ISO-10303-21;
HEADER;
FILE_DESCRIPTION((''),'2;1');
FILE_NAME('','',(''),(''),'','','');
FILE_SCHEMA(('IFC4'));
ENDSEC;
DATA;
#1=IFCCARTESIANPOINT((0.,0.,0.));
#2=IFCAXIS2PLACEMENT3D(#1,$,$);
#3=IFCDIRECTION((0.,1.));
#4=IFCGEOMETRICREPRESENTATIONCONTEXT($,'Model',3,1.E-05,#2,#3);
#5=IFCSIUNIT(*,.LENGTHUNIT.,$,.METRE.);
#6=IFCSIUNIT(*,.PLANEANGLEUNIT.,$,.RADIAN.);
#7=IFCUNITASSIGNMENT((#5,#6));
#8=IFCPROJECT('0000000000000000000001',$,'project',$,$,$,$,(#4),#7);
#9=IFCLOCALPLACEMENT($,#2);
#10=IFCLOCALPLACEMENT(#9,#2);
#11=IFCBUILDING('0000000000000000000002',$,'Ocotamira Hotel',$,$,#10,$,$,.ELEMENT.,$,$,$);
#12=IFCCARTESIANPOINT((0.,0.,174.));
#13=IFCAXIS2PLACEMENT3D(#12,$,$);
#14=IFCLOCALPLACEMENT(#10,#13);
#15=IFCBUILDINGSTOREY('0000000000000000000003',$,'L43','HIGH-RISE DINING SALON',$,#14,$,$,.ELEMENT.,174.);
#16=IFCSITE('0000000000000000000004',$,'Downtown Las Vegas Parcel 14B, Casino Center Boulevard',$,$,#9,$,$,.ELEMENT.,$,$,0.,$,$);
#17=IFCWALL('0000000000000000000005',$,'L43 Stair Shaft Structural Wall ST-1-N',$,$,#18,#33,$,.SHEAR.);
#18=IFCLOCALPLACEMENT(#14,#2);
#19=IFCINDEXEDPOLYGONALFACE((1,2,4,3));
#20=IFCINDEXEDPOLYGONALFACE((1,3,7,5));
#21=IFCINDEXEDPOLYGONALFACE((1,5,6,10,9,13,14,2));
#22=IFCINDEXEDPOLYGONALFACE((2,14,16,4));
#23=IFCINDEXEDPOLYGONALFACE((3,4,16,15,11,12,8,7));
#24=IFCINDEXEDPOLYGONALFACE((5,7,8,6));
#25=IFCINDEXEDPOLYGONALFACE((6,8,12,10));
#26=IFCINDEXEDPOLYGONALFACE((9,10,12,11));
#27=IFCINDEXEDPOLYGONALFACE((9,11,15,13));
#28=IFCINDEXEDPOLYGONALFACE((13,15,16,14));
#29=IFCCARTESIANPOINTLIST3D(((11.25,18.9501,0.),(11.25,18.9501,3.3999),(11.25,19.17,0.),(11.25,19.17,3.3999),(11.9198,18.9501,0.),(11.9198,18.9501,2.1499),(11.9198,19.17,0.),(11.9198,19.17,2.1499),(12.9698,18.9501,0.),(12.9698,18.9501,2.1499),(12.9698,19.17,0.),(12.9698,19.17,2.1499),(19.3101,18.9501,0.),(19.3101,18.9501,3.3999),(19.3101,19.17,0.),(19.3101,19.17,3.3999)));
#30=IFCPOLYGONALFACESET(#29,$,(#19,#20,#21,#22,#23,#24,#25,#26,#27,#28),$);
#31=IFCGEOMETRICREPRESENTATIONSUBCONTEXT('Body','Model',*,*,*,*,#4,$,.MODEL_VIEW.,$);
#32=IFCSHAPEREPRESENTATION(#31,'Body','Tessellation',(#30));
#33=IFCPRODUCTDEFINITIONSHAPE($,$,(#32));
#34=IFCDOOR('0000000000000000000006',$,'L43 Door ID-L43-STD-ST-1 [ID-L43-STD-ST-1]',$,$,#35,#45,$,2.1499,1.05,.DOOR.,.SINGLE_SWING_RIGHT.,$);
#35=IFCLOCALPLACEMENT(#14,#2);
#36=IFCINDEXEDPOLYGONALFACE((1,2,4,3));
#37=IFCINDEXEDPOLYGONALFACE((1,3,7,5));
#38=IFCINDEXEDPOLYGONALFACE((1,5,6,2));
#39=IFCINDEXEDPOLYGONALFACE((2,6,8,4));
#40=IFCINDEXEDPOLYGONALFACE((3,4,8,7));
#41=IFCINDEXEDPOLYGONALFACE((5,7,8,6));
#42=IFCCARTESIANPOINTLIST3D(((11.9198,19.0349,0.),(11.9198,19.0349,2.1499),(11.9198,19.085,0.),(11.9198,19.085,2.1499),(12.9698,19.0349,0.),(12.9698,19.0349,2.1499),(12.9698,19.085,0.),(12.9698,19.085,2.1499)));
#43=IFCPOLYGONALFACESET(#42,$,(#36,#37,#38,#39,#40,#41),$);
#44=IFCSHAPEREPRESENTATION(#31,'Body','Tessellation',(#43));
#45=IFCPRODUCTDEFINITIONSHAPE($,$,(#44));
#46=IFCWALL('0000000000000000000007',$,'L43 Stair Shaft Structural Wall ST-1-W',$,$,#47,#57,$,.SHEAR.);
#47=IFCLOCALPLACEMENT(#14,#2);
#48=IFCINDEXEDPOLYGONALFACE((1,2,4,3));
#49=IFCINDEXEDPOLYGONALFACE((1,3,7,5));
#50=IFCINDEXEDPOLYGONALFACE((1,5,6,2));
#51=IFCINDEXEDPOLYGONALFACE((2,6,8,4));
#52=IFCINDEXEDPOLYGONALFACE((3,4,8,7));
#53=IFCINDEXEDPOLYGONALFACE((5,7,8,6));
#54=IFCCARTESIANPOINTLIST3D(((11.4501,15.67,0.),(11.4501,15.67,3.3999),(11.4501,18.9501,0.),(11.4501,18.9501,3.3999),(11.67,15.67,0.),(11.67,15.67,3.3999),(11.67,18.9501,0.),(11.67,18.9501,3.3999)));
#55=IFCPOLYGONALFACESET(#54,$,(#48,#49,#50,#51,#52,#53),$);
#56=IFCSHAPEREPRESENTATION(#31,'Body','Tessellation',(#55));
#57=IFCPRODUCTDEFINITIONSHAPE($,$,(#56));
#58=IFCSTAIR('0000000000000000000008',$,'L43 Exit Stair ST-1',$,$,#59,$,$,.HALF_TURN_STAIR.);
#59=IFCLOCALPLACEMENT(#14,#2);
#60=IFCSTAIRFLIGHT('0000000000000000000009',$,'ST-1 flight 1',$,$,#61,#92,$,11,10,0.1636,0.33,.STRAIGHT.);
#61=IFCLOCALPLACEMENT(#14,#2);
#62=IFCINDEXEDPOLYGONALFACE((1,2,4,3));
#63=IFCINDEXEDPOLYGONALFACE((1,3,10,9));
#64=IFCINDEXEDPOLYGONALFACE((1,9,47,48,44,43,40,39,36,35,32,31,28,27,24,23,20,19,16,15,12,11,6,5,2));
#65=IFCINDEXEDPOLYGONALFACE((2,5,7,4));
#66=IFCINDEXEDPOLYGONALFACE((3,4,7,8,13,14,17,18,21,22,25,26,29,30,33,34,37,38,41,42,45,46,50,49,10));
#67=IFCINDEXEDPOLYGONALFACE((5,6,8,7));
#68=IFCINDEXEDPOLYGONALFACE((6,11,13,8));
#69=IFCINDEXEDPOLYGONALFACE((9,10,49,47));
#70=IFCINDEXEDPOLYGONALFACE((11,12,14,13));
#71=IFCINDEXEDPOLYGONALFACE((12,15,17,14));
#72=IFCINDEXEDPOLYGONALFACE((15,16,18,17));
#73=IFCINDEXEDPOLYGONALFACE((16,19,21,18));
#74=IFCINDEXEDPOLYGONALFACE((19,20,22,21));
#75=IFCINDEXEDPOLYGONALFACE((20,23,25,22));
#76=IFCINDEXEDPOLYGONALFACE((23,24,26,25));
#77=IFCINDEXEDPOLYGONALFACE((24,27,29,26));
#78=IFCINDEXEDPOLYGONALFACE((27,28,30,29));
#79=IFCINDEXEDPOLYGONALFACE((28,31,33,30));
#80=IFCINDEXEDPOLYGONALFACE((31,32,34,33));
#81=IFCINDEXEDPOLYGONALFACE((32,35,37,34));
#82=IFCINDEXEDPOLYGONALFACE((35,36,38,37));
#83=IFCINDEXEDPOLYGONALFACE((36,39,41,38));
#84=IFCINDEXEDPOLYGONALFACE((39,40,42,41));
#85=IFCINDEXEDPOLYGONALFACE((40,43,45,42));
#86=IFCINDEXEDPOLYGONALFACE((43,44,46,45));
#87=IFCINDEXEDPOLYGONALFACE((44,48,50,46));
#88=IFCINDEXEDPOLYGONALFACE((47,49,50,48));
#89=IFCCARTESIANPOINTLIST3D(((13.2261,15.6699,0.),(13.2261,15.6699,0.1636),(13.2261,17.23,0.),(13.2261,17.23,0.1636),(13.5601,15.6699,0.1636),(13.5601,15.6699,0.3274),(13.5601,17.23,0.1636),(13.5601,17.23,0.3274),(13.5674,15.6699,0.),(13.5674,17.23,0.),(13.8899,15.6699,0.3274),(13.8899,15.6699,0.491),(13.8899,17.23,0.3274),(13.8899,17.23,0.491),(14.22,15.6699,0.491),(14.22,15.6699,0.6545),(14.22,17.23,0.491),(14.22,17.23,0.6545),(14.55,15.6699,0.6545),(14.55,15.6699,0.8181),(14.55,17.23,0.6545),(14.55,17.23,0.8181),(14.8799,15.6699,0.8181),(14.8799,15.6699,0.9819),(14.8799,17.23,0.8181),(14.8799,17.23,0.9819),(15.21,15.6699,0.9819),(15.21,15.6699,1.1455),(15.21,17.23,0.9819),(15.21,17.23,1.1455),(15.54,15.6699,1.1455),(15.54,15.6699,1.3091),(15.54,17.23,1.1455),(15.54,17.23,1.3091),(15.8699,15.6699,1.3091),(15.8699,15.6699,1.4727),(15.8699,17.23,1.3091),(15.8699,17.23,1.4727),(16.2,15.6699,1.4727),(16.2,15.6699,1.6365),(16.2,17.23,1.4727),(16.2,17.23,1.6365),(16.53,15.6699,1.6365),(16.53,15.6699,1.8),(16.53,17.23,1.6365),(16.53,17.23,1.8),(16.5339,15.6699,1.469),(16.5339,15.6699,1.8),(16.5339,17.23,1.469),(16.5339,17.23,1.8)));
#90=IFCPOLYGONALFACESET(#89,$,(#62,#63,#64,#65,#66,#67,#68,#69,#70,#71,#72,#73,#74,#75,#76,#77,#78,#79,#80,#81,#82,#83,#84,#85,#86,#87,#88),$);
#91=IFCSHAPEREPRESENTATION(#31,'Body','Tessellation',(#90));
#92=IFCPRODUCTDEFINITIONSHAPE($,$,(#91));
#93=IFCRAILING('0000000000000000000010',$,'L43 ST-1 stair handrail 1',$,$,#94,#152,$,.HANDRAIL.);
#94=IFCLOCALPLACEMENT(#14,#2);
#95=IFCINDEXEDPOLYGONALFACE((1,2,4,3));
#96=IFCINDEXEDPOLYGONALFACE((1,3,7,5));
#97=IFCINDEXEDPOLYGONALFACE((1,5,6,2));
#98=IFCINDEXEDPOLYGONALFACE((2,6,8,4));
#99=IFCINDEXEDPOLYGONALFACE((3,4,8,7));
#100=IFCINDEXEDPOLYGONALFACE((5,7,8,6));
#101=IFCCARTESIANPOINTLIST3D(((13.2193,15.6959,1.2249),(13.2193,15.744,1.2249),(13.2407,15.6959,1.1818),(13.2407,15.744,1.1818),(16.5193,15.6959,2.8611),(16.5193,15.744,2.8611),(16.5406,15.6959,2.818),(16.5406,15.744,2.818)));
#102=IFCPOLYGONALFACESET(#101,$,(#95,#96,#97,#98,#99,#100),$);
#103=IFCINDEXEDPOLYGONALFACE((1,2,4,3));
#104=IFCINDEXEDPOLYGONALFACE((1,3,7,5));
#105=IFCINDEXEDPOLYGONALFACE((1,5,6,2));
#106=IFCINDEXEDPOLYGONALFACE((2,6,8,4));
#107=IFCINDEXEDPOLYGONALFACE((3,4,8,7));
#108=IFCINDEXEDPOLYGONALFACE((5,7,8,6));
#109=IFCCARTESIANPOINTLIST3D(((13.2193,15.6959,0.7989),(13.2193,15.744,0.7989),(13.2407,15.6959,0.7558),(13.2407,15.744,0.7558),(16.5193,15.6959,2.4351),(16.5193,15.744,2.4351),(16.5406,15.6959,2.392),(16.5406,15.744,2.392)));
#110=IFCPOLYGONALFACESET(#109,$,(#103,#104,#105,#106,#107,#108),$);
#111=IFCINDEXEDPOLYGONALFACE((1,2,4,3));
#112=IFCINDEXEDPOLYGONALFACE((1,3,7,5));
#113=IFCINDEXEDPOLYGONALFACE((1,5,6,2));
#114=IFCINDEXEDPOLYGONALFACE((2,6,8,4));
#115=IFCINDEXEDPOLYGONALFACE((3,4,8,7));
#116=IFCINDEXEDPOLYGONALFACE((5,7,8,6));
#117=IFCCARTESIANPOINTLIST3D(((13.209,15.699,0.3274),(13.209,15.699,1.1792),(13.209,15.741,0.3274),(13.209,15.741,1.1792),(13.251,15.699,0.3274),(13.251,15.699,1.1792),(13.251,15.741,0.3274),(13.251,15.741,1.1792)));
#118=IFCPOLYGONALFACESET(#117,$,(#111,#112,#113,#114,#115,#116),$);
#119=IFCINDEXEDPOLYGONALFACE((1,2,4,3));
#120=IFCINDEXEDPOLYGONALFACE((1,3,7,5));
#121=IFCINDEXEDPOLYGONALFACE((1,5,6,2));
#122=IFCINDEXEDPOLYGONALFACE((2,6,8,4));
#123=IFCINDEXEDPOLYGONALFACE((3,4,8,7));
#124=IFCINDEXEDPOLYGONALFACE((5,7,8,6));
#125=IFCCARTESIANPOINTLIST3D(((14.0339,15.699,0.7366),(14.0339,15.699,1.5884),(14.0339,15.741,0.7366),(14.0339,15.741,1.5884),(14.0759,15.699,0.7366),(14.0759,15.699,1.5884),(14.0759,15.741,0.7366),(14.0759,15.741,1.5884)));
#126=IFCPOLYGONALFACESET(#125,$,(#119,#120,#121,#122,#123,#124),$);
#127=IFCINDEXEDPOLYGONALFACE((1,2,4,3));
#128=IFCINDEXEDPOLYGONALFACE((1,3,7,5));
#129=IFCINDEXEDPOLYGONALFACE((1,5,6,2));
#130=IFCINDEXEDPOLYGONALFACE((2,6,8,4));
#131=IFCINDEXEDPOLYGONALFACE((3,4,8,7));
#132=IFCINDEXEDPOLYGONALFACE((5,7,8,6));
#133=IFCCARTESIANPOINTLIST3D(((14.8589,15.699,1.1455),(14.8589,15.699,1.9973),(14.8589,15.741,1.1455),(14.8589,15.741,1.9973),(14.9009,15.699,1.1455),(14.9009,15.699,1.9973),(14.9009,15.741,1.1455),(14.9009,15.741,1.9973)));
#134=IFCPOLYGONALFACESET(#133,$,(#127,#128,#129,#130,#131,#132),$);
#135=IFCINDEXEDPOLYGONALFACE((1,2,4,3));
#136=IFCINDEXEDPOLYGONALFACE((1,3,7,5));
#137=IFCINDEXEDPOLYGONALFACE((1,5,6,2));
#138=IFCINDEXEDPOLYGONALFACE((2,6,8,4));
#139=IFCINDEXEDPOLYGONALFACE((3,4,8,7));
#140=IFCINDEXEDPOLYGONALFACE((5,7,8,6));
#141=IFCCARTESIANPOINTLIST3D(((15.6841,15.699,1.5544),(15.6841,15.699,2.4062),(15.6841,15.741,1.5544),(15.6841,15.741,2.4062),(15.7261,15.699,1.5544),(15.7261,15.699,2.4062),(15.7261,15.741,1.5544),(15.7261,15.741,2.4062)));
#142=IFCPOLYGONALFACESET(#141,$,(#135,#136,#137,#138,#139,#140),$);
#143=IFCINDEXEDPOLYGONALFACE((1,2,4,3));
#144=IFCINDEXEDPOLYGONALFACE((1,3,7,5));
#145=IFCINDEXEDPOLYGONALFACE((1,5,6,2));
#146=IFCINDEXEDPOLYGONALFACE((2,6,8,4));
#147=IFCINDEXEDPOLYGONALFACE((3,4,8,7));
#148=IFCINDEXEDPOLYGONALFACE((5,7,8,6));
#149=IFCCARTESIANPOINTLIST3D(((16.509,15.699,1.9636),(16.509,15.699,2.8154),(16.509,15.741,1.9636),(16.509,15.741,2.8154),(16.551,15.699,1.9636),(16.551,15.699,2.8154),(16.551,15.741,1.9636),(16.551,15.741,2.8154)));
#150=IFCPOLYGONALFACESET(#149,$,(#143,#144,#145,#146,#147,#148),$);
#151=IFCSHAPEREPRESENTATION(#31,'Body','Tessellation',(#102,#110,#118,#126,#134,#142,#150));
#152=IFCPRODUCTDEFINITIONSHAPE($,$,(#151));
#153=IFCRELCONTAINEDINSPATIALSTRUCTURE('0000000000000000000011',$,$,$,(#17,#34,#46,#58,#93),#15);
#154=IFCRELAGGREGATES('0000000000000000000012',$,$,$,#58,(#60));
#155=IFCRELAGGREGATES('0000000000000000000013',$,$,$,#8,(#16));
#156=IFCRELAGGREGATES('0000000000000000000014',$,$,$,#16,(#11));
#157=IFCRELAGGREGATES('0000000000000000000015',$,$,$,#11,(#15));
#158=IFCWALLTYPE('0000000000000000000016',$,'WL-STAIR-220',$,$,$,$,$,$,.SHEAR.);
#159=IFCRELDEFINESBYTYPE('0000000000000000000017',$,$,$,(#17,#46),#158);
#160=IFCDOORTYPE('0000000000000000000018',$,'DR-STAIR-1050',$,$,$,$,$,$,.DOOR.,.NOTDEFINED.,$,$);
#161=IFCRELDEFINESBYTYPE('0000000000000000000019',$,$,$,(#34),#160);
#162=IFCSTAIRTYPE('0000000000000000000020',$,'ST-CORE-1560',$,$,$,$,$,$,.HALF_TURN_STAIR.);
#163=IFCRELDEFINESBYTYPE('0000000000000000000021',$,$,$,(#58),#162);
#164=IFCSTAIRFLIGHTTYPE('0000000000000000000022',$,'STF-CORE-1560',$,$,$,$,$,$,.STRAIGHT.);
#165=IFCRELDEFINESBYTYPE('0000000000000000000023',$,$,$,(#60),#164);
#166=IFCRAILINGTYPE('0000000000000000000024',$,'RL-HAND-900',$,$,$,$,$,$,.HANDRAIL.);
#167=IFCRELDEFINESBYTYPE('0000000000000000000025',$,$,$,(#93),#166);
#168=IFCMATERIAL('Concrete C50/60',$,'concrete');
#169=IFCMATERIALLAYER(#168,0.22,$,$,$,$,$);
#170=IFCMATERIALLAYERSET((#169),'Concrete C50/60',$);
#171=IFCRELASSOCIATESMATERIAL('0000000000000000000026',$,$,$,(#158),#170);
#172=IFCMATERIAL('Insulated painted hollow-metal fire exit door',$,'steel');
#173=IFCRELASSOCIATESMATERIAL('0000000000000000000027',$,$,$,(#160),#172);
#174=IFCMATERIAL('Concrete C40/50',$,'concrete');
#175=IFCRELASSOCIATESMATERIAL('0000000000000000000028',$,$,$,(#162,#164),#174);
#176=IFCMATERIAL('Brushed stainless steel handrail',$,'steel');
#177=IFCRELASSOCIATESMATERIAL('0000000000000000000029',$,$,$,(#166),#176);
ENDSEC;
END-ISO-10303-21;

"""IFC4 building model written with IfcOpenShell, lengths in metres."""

from ifc_helpers import new_model, si_unit, direction, frame, frame_2d, origin, origin_2d, place, context, subcontext, project, spatial, polyline, rectangle, outline, extrude, source, transform, mapped, material, layer, layer_set, type_object, element, fill, aggregate, save


model = new_model("IFC4")

# Units and contexts
model_context = context("Model", 3, precision=1e-05, world=origin(), true_north=direction((0.0, 1.0)))
body_context = subcontext(model_context, "Body", "Model", "MODEL_VIEW")
ifc_project = project(units=[si_unit("LENGTHUNIT", "METRE"), si_unit("PLANEANGLEUNIT", "RADIAN")], contexts=[model_context])

# Site, building, storey
site_placement = place(None, origin())
site = spatial("IfcSite", under=ifc_project, at=site_placement, Name="Downtown Las Vegas Parcel 14B, Casino Center Boulevard", CompositionType="ELEMENT", RefElevation=0.0)
building_placement = place(site_placement, origin())
building = spatial("IfcBuilding", under=site, at=building_placement, Name="Ocotamira Hotel", CompositionType="ELEMENT")
storey_placement = place(building_placement, frame((0.0, 0.0, 174.0)))
storey = spatial("IfcBuildingStorey", under=building, at=storey_placement, Name="L43", Description="HIGH-RISE DINING SALON", CompositionType="ELEMENT", Elevation=174.0)

# Shared definitions
ifc_material_1 = material(Name="Concrete C50/60", Category="concrete")

# Shared definitions
ifc_layer_1 = layer(ifc_material_1, 0.22)
ifc_layer_set_1 = layer_set([ifc_layer_1], Name="Concrete C50/60")
wall_type_1 = type_object("IfcWallType", Name="WL-STAIR-220", PredefinedType="SHEAR", material=ifc_layer_set_1)

# Wall, opening, door
wall_1_placement = place(storey_placement, frame((11.25, 19.0601, 0.0), z_axis=(0.0, 0.0, 1.0), x_axis=(1.0, 0.0, 0.0)))
wall_1 = element("IfcWall", 1, at=wall_1_placement, inside=storey, type_object=wall_type_1, Name="L43 Stair Shaft Structural Wall ST-1-N", PredefinedType="SHEAR", context=body_context, shape_type="SweptSolid", body=[
    extrude(rectangle(XDim=8.0601, YDim=0.22, at=frame_2d((4.03, 0.0))), origin(), (0.0, 0.0, 1.0), 3.3999),
])
opening_1_placement = place(wall_1_placement, frame((0.6699, 0.0, 0.0)))
opening_1 = element("IfcOpeningElement", 2, at=opening_1_placement, cuts=wall_1, PredefinedType="OPENING", context=body_context, shape_type="SweptSolid", body=[
    extrude(rectangle(XDim=1.05, YDim=2.1499, at=frame_2d((0.5249, 1.075))), frame((0.0, 0.1201, 0.0), z_axis=(0.0, -1.0, 0.0), x_axis=(1.0, 0.0, 0.0)), (0.0, 0.0, 1.0), 0.24),
])
ifc_material_2 = material(Name="Insulated painted hollow-metal fire exit door", Category="steel")
door_type_1 = type_object("IfcDoorType", Name="DR-STAIR-1050", OperationType="NOTDEFINED", PredefinedType="DOOR", material=ifc_material_2)
shared_shape_1 = source(origin(), body_context, "Body", "SweptSolid", [
    extrude(rectangle(XDim=1.05, YDim=2.1499, at=frame_2d((0.5249, 1.075))), frame((0.0, 0.0249, 0.0), z_axis=(0.0, -1.0, 0.0), x_axis=(1.0, 0.0, 0.0)), (0.0, 0.0, 1.0), 0.05),
])
door_1_placement = place(opening_1_placement, origin())
door_1 = element("IfcDoor", 3, at=door_1_placement, inside=storey, type_object=door_type_1, Name="L43 Door ID-L43-STD-ST-1 [ID-L43-STD-ST-1]", OperationType="SINGLE_SWING_RIGHT", OverallHeight=2.1499, OverallWidth=1.05, PredefinedType="DOOR", context=body_context, shape_type="MappedRepresentation", body=[
    mapped(shared_shape_1, transform((0.0, 0.0, 0.0), scale=1.0)),
])
fill(opening_1, door_1)

# Wall
wall_2_placement = place(storey_placement, frame((11.5601, 15.6699, 0.0), z_axis=(0.0, 0.0, 1.0), x_axis=(0.0, 1.0, 0.0)))
element("IfcWall", 4, at=wall_2_placement, inside=storey, type_object=wall_type_1, Name="L43 Stair Shaft Structural Wall ST-1-W", PredefinedType="SHEAR", context=body_context, shape_type="SweptSolid", body=[
    extrude(rectangle(XDim=3.28, YDim=0.22, at=frame_2d((1.6401, 0.0))), origin(), (0.0, 0.0, 1.0), 3.3999),
])

# Stair, stair flight
ifc_material_3 = material(Name="Concrete C40/50", Category="concrete")
stair_type = type_object("IfcStairType", Name="ST-CORE-1560", PredefinedType="HALF_TURN_STAIR", material=ifc_material_3)
stair_placement = place(storey_placement, origin())
stair = element("IfcStair", 5, at=stair_placement, inside=storey, type_object=stair_type, Name="L43 Exit Stair ST-1", PredefinedType="HALF_TURN_STAIR")
stair_flight_type = type_object("IfcStairFlightType", Name="STF-CORE-1560", PredefinedType="STRAIGHT", material=ifc_material_3)
shared_shape_2 = source(origin(), body_context, "Body", "SweptSolid", [
    extrude(outline(polyline([(-0.0039, 0.0), (-0.0039, 0.1636), (0.3301, 0.1636), (0.3301, 0.3274), (0.6599, 0.3274), (0.6599, 0.491), (0.99, 0.491), (0.99, 0.6545), (1.3201, 0.6545), (1.3201, 0.8181), (1.6499, 0.8181), (1.6499, 0.9819), (1.98, 0.9819), (1.98, 1.1455), (2.3101, 1.1455), (2.3101, 1.3091), (2.6399, 1.3091), (2.6399, 1.4727), (2.97, 1.4727), (2.97, 1.6365), (3.3, 1.6365), (3.3, 1.8), (3.304, 1.8), (3.304, 1.469), (0.3374, 0.0), (-0.0039, 0.0)])), frame((0.0, 0.78, 0.0), z_axis=(0.0, -1.0, 0.0), x_axis=(1.0, 0.0, 0.0)), (0.0, 0.0, 1.0), 1.5601),
])
stair_flight_placement = place(storey_placement, frame((13.23, 16.45, 0.0), z_axis=(0.0, 0.0, 1.0), x_axis=(1.0, 0.0, 0.0)))
stair_flight = element("IfcStairFlight", 6, at=stair_flight_placement, type_object=stair_flight_type, Name="ST-1 flight 1", NumberOfRisers=11, NumberOfTreads=10, PredefinedType="STRAIGHT", RiserHeight=0.1636, TreadLength=0.33, context=body_context, shape_type="MappedRepresentation", body=[
    mapped(shared_shape_2, transform((0.0, 0.0, 0.0), scale=1.0)),
])
aggregate(stair, [stair_flight])

# Railing
ifc_material_4 = material(Name="Brushed stainless steel handrail", Category="steel")
railing_type_1 = type_object("IfcRailingType", Name="RL-HAND-900", PredefinedType="HANDRAIL", material=ifc_material_4)
railing_1_placement = place(storey_placement, frame((13.23, 15.72, 0.3274)))
element("IfcRailing", 7, at=railing_1_placement, inside=storey, type_object=railing_type_1, Name="L43 ST-1 stair handrail 1", PredefinedType="HANDRAIL", context=body_context, shape_type="SweptSolid", body=[
    extrude(rectangle(XDim=0.0481, YDim=0.0481, at=origin_2d()), frame((0.0, 0.0, 0.876), z_axis=(0.89592, 0.0, 0.444215), x_axis=(0.0, 1.0, 0.0)), (0.0, 0.0, 1.0), 3.6833),
    extrude(rectangle(XDim=0.0481, YDim=0.0481, at=origin_2d()), frame((0.0, 0.0, 0.45), z_axis=(0.89592, 0.0, 0.444215), x_axis=(0.0, 1.0, 0.0)), (0.0, 0.0, 1.0), 3.6833),
    extrude(rectangle(XDim=0.042, YDim=0.042, at=origin_2d()), origin(), (0.0, 0.0, 1.0), 0.8518),
    extrude(rectangle(XDim=0.042, YDim=0.042, at=origin_2d()), frame((0.825, 0.0, 0.4092)), (0.0, 0.0, 1.0), 0.8518),
    extrude(rectangle(XDim=0.042, YDim=0.042, at=origin_2d()), frame((1.6499, 0.0, 0.8181)), (0.0, 0.0, 1.0), 0.8518),
    extrude(rectangle(XDim=0.042, YDim=0.042, at=origin_2d()), frame((2.4751, 0.0, 1.2271)), (0.0, 0.0, 1.0), 0.8518),
    extrude(rectangle(XDim=0.042, YDim=0.042, at=origin_2d()), frame((3.3, 0.0, 1.6362)), (0.0, 0.0, 1.0), 0.8518),
])

save(model, "model.ifc")
